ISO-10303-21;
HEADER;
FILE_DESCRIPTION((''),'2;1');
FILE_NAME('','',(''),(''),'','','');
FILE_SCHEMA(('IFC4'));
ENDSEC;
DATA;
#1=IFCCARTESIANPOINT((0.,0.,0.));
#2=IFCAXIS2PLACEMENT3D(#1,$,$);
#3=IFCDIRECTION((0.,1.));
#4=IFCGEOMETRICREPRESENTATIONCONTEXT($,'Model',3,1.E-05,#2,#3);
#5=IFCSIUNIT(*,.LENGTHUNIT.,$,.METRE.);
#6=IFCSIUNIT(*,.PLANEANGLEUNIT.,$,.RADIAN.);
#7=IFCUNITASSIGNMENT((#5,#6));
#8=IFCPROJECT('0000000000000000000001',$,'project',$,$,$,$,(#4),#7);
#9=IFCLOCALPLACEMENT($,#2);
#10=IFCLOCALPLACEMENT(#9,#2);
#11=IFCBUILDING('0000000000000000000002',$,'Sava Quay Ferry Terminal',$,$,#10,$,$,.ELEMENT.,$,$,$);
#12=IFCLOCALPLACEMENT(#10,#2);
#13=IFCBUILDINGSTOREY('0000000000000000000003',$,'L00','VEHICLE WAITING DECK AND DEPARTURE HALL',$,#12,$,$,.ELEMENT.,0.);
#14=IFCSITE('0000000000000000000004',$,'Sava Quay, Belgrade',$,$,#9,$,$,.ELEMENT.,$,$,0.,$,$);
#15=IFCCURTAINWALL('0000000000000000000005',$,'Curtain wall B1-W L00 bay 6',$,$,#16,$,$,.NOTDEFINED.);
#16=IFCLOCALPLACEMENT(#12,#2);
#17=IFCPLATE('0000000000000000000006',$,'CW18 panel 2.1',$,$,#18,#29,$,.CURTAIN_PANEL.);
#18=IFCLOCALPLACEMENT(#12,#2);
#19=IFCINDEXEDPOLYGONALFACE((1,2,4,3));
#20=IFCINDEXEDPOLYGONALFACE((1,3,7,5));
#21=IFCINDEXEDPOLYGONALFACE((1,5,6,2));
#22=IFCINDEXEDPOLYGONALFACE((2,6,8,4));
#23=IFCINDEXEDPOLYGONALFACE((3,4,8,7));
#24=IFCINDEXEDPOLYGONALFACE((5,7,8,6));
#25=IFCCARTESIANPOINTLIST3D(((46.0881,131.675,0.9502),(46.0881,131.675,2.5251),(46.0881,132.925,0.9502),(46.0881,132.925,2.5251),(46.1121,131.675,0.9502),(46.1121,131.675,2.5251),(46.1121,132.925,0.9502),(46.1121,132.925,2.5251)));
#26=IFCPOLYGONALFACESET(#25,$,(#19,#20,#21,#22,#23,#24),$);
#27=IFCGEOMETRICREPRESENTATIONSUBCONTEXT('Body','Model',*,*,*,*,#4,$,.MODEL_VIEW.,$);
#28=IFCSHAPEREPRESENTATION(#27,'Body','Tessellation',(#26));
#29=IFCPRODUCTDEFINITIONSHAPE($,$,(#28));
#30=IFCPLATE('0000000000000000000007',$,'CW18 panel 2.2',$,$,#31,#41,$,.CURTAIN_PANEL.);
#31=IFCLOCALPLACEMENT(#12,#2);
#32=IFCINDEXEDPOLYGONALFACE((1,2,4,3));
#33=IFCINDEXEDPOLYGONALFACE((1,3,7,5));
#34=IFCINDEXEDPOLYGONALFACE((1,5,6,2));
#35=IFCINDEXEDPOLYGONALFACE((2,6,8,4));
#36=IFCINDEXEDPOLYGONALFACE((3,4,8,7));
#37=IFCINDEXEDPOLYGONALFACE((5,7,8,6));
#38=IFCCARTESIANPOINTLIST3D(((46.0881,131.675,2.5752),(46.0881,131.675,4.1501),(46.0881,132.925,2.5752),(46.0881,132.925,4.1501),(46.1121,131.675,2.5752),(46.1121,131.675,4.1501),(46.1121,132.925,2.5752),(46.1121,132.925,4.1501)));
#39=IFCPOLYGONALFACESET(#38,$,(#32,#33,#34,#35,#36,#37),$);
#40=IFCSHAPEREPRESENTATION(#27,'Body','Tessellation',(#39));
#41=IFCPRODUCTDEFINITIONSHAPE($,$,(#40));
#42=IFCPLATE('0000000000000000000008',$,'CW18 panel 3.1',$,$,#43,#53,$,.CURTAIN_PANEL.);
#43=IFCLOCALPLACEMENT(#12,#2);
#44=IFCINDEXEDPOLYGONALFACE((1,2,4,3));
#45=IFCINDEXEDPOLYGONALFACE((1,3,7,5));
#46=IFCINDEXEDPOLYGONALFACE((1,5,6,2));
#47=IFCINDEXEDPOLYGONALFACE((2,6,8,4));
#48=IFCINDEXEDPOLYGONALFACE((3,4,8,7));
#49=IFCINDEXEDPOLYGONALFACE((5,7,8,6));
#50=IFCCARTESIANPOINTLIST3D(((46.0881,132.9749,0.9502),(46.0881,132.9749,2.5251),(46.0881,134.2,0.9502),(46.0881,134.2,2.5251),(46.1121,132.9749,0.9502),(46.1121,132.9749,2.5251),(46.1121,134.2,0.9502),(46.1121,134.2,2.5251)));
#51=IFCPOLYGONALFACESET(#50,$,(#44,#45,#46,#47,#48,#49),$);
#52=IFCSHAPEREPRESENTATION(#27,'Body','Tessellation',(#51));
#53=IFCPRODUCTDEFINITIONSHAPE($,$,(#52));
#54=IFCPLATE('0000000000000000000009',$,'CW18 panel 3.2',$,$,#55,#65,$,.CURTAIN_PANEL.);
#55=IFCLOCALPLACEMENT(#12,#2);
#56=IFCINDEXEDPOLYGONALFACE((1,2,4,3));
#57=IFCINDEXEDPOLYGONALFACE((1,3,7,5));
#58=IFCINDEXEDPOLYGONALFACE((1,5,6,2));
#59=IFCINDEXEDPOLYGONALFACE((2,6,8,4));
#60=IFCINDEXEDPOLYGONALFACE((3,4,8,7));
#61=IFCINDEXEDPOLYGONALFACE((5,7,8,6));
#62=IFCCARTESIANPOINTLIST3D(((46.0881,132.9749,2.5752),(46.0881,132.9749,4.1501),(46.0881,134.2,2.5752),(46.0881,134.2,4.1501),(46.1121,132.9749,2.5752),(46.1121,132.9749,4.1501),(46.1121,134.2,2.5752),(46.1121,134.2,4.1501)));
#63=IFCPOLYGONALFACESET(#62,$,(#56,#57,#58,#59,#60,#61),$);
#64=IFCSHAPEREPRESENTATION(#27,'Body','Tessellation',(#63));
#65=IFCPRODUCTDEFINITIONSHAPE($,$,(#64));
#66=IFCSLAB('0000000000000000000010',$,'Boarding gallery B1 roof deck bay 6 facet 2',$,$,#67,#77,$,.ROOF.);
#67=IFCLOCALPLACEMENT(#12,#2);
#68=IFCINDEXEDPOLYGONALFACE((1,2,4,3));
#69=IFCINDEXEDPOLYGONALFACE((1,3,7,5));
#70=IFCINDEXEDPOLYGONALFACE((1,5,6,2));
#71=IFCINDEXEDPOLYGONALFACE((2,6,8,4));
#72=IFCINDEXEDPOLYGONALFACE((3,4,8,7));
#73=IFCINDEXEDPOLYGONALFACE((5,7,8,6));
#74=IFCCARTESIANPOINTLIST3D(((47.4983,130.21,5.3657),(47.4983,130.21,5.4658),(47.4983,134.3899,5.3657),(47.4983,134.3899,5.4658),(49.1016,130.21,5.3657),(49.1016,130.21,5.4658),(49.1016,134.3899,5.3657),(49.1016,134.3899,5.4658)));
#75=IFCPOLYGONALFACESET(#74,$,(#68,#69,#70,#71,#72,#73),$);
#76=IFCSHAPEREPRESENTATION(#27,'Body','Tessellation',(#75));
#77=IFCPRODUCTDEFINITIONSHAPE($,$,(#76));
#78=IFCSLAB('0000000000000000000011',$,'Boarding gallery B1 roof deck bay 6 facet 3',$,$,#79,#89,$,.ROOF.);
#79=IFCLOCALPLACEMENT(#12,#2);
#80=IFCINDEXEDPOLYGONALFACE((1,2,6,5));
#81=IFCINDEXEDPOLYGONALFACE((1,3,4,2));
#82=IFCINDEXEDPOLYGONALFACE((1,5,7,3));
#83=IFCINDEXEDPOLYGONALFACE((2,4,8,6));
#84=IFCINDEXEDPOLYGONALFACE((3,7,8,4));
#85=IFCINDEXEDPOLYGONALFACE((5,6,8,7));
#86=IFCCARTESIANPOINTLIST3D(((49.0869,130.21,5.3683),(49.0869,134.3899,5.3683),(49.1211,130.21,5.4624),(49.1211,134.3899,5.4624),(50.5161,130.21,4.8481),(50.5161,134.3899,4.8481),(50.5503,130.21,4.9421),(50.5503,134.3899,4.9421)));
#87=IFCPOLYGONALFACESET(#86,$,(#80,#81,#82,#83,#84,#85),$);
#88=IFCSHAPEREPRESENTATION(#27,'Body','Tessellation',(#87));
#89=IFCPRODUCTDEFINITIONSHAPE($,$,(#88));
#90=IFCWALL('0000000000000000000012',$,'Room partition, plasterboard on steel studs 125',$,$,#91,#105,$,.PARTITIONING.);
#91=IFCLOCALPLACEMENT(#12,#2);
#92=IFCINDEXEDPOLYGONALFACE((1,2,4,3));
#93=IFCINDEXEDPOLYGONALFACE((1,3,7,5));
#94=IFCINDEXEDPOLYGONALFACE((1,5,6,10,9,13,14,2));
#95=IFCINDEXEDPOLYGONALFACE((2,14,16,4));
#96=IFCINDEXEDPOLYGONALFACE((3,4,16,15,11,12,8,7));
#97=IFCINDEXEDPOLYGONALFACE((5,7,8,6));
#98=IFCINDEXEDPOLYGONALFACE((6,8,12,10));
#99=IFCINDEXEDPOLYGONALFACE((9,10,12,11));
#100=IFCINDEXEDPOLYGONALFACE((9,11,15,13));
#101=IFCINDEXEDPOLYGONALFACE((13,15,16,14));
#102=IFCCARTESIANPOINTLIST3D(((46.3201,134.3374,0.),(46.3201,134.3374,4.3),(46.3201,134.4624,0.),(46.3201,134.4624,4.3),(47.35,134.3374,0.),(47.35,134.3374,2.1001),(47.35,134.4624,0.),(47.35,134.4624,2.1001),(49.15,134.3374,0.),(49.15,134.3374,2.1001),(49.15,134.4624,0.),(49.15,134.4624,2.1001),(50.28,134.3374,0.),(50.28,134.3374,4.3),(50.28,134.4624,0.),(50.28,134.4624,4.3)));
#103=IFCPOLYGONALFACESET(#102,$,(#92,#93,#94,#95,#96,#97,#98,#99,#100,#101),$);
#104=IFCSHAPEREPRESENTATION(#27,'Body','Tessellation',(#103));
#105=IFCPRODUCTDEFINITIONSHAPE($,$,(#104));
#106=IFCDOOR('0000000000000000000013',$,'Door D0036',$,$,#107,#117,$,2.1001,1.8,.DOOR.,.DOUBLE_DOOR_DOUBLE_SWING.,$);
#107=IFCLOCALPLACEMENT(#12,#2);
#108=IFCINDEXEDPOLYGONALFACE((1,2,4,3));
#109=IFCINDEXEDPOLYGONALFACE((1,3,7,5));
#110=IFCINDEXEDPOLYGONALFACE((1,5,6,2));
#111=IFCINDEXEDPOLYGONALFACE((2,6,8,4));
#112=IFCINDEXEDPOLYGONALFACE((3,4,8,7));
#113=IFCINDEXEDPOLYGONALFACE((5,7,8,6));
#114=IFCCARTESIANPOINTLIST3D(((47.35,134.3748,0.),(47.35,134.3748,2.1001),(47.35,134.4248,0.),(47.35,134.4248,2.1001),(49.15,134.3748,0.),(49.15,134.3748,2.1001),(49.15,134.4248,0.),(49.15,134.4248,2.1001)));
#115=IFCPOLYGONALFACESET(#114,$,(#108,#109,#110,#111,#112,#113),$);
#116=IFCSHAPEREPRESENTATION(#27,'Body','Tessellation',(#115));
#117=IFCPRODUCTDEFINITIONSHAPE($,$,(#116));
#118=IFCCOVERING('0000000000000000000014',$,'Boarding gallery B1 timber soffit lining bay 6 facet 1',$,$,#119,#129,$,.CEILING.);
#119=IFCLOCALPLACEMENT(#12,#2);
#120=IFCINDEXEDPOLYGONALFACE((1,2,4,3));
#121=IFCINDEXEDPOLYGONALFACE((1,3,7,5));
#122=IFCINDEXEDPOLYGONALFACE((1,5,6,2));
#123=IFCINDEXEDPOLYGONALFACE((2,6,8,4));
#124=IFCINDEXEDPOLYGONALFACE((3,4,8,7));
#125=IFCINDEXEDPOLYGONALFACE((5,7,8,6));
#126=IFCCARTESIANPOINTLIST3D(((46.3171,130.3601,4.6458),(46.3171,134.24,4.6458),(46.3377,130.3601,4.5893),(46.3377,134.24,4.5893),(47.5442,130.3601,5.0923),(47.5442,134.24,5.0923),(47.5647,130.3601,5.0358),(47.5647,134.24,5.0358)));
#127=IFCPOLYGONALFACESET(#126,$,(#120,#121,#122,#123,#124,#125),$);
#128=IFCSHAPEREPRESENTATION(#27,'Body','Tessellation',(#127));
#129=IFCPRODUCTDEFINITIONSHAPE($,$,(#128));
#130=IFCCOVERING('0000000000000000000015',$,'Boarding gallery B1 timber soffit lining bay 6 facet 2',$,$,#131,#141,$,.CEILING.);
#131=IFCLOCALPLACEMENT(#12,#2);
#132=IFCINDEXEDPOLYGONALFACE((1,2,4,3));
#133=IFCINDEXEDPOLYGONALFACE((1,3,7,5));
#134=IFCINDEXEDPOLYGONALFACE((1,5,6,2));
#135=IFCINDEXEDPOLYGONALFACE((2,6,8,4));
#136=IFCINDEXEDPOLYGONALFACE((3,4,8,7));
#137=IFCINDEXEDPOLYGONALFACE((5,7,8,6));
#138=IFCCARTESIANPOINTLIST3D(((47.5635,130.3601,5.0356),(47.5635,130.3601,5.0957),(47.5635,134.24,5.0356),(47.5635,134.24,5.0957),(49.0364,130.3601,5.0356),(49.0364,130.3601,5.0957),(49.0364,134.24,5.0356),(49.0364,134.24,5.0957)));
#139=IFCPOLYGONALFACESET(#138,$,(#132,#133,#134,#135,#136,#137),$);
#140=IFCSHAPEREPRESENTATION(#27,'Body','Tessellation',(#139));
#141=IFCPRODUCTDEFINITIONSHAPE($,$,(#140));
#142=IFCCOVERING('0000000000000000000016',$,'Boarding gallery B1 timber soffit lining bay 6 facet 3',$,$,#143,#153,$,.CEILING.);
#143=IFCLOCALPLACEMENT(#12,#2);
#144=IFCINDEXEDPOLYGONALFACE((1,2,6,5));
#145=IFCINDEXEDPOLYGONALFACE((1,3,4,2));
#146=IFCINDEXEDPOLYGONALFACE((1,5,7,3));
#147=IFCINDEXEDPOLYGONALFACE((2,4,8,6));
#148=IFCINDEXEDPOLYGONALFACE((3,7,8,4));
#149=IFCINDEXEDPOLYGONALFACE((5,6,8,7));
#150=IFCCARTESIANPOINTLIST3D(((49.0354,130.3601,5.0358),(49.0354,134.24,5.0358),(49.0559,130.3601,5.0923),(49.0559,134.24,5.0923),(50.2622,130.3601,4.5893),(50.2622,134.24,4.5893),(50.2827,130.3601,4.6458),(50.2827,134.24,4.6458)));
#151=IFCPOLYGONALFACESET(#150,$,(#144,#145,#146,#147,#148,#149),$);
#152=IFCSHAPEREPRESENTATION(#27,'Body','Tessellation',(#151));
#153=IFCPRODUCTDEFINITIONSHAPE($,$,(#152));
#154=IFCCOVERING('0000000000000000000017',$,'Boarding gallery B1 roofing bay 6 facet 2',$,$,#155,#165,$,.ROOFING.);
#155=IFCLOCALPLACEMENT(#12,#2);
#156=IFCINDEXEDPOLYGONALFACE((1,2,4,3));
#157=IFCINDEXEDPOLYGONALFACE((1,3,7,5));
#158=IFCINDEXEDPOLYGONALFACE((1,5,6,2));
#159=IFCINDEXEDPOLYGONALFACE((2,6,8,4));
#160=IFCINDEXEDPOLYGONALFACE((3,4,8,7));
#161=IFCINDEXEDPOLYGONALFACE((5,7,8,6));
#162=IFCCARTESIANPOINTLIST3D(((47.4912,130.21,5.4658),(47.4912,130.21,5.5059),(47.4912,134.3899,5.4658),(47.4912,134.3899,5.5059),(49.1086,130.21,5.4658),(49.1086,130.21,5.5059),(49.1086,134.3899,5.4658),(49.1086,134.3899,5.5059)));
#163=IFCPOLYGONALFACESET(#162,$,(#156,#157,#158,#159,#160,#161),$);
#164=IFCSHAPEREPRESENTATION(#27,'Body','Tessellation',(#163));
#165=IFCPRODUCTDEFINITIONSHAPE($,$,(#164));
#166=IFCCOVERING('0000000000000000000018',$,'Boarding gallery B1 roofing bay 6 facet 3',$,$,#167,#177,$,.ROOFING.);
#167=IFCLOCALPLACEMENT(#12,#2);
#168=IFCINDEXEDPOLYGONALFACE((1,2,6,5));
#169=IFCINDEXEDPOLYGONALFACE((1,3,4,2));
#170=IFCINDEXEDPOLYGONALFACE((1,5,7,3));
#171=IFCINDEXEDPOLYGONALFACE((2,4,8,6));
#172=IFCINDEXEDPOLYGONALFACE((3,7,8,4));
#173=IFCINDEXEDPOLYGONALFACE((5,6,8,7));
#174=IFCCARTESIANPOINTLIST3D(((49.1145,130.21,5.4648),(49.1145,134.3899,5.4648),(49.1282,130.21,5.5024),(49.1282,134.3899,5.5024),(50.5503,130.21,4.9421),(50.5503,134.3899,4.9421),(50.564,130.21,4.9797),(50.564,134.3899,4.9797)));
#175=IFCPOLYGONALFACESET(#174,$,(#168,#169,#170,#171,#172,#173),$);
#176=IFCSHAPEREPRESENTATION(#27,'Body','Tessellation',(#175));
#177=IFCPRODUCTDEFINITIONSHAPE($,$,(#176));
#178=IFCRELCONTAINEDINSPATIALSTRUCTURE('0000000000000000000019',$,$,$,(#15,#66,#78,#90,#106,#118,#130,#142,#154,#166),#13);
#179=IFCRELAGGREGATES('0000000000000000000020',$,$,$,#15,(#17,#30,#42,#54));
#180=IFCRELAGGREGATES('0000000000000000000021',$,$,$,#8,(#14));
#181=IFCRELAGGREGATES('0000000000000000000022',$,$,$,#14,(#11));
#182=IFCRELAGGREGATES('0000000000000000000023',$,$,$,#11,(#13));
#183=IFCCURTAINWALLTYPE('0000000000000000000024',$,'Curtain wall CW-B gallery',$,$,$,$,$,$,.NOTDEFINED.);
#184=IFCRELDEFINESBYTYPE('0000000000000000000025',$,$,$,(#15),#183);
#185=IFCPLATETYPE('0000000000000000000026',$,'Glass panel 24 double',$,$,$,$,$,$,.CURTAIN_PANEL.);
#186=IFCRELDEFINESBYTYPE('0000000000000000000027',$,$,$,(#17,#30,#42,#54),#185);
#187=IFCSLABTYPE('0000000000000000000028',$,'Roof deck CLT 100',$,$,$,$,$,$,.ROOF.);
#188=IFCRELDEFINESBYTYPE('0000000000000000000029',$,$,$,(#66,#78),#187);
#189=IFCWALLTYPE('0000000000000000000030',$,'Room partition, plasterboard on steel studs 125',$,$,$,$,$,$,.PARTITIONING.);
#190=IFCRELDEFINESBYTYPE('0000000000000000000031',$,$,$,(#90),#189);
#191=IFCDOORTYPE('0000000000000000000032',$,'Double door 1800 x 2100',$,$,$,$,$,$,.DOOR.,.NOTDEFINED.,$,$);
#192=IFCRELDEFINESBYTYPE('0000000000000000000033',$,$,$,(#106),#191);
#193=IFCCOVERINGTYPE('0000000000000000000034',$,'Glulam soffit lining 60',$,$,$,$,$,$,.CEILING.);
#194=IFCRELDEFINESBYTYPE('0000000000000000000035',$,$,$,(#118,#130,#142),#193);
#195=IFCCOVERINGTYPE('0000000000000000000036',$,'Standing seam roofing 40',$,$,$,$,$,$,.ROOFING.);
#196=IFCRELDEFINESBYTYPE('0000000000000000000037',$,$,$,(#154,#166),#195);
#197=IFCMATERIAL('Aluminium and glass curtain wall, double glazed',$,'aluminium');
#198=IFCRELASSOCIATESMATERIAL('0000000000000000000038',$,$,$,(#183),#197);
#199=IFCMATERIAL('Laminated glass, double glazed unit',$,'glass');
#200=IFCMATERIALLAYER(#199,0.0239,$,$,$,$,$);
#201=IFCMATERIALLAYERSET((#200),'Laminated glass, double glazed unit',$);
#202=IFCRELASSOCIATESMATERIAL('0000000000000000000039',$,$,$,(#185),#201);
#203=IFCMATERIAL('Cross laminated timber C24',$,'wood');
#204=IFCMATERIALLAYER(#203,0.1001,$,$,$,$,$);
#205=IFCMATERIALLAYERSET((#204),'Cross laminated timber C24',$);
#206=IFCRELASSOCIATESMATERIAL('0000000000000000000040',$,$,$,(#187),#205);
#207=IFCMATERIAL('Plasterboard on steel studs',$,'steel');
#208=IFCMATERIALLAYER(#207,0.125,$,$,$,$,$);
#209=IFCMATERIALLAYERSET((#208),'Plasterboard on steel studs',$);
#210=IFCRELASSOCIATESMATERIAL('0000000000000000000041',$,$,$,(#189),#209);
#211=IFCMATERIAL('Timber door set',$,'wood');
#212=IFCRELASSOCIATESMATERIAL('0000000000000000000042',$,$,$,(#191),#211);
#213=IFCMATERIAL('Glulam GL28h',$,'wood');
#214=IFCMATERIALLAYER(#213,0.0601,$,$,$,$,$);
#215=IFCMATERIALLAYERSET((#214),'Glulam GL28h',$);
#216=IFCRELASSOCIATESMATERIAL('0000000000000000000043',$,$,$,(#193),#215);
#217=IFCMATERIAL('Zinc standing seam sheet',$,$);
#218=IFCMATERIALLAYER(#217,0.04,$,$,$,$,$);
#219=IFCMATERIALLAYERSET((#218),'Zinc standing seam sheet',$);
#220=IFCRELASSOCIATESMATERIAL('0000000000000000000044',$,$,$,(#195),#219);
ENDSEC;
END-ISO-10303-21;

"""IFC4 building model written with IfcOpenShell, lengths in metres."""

from ifc_helpers import new_model, si_unit, direction, frame, frame_2d, origin, origin_2d, place, context, subcontext, project, spatial, polyline, rectangle, outline, extrude, material, layer, layer_set, type_object, element, fill, aggregate, save


model = new_model("IFC4")

# Units and contexts
model_context = context("Model", 3, precision=1e-05, world=origin(), true_north=direction((0.0, 1.0)))
body_context = subcontext(model_context, "Body", "Model", "MODEL_VIEW")
ifc_project = project(units=[si_unit("LENGTHUNIT", "METRE"), si_unit("PLANEANGLEUNIT", "RADIAN")], contexts=[model_context])

# Site, building, storey
site_placement = place(None, origin())
site = spatial("IfcSite", under=ifc_project, at=site_placement, Name="Sava Quay, Belgrade", CompositionType="ELEMENT", RefElevation=0.0)
building_placement = place(site_placement, origin())
building = spatial("IfcBuilding", under=site, at=building_placement, Name="Sava Quay Ferry Terminal", CompositionType="ELEMENT")
storey_placement = place(building_placement, origin())
storey = spatial("IfcBuildingStorey", under=building, at=storey_placement, Name="L00", Description="VEHICLE WAITING DECK AND DEPARTURE HALL", CompositionType="ELEMENT", Elevation=0.0)

# Curtain wall, plates
ifc_material_1 = material(Name="Aluminium and glass curtain wall, double glazed", Category="aluminium")
curtain_wall_type = type_object("IfcCurtainWallType", Name="Curtain wall CW-B gallery", PredefinedType="NOTDEFINED", material=ifc_material_1)
curtain_wall_placement = place(storey_placement, origin())
curtain_wall = element("IfcCurtainWall", 1, at=curtain_wall_placement, inside=storey, type_object=curtain_wall_type, Name="Curtain wall B1-W L00 bay 6", PredefinedType="NOTDEFINED")
ifc_material_2 = material(Name="Laminated glass, double glazed unit", Category="glass")
ifc_layer_1 = layer(ifc_material_2, 0.0239)
ifc_layer_set_1 = layer_set([ifc_layer_1], Name="Laminated glass, double glazed unit")
plate_type = type_object("IfcPlateType", Name="Glass panel 24 double", PredefinedType="CURTAIN_PANEL", material=ifc_layer_set_1)
plate_1_placement = place(storey_placement, frame((46.1001, 132.3, 0.9502), z_axis=(0.0, 0.0, 1.0), x_axis=(0.0, 1.0, 0.0)))
plate_1 = element("IfcPlate", 2, at=plate_1_placement, type_object=plate_type, Name="CW18 panel 2.1", PredefinedType="CURTAIN_PANEL", context=body_context, shape_type="SweptSolid", body=[
    extrude(rectangle(XDim=1.25, YDim=0.0239, at=origin_2d()), origin(), (0.0, 0.0, 1.0), 1.575),
])
plate_2_placement = place(storey_placement, frame((46.1001, 132.3, 2.5752), z_axis=(0.0, 0.0, 1.0), x_axis=(0.0, 1.0, 0.0)))
plate_2 = element("IfcPlate", 3, at=plate_2_placement, type_object=plate_type, Name="CW18 panel 2.2", PredefinedType="CURTAIN_PANEL", context=body_context, shape_type="SweptSolid", body=[
    extrude(rectangle(XDim=1.25, YDim=0.0239, at=origin_2d()), origin(), (0.0, 0.0, 1.0), 1.575),
])
plate_3_placement = place(storey_placement, frame((46.1001, 133.5874, 0.9502), z_axis=(0.0, 0.0, 1.0), x_axis=(0.0, 1.0, 0.0)))
plate_3 = element("IfcPlate", 4, at=plate_3_placement, type_object=plate_type, Name="CW18 panel 3.1", PredefinedType="CURTAIN_PANEL", context=body_context, shape_type="SweptSolid", body=[
    extrude(rectangle(XDim=1.2251, YDim=0.0239, at=origin_2d()), origin(), (0.0, 0.0, 1.0), 1.575),
])
plate_4_placement = place(storey_placement, frame((46.1001, 133.5874, 2.5752), z_axis=(0.0, 0.0, 1.0), x_axis=(0.0, 1.0, 0.0)))
plate_4 = element("IfcPlate", 5, at=plate_4_placement, type_object=plate_type, Name="CW18 panel 3.2", PredefinedType="CURTAIN_PANEL", context=body_context, shape_type="SweptSolid", body=[
    extrude(rectangle(XDim=1.2251, YDim=0.0239, at=origin_2d()), origin(), (0.0, 0.0, 1.0), 1.575),
])
aggregate(curtain_wall, [plate_1, plate_2, plate_3, plate_4])

# Slabs
ifc_material_3 = material(Name="Cross laminated timber C24", Category="wood")
ifc_layer_2 = layer(ifc_material_3, 0.1001)
ifc_layer_set_2 = layer_set([ifc_layer_2], Name="Cross laminated timber C24")
slab_type = type_object("IfcSlabType", Name="Roof deck CLT 100", PredefinedType="ROOF", material=ifc_layer_set_2)
slab_1_placement = place(storey_placement, frame((47.4983, 130.21, 5.4658), z_axis=(0.0, 0.0, 1.0), x_axis=(1.0, 0.0, 0.0)))
element("IfcSlab", 6, at=slab_1_placement, inside=storey, type_object=slab_type, Name="Boarding gallery B1 roof deck bay 6 facet 2", PredefinedType="ROOF", context=body_context, shape_type="SweptSolid", body=[
    extrude(outline(polyline([(0.0, 0.0), (1.6033, 0.0), (1.6033, 4.1799), (0.0, 4.1799), (0.0, 0.0)])), origin(), (0.0, 0.0, -1.0), 0.1001),
])
slab_2_placement = place(storey_placement, frame((49.1211, 130.21, 5.4624), z_axis=(0.342065, 0.0, 0.939676), x_axis=(0.939676, 0.0, -0.342065)))
element("IfcSlab", 7, at=slab_2_placement, inside=storey, type_object=slab_type, Name="Boarding gallery B1 roof deck bay 6 facet 3", PredefinedType="ROOF", context=body_context, shape_type="SweptSolid", body=[
    extrude(outline(polyline([(0.0, 0.0), (1.5209, 0.0), (1.5209, 4.1799), (0.0, 4.1799), (0.0, 0.0)])), origin(), (0.0, 0.0, -1.0), 0.1001),
])

# Wall, opening, door
ifc_material_4 = material(Name="Plasterboard on steel studs", Category="steel")
ifc_layer_3 = layer(ifc_material_4, 0.125)
ifc_layer_set_3 = layer_set([ifc_layer_3], Name="Plasterboard on steel studs")
wall_type = type_object("IfcWallType", Name="Room partition, plasterboard on steel studs 125", PredefinedType="PARTITIONING", material=ifc_layer_set_3)
wall_placement = place(storey_placement, frame((46.3201, 134.3999, 0.0), z_axis=(0.0, 0.0, 1.0), x_axis=(1.0, 0.0, 0.0)))
wall = element("IfcWall", 8, at=wall_placement, inside=storey, type_object=wall_type, Name="Room partition, plasterboard on steel studs 125", PredefinedType="PARTITIONING", context=body_context, shape_type="SweptSolid", body=[
    extrude(rectangle(XDim=3.96, YDim=0.125, at=frame_2d((1.98, 0.0))), origin(), (0.0, 0.0, 1.0), 4.3),
])
opening_placement = place(wall_placement, frame((1.03, 0.0, 0.0)))
opening = element("IfcOpeningElement", 9, at=opening_placement, cuts=wall, PredefinedType="OPENING", context=body_context, shape_type="SweptSolid", body=[
    extrude(rectangle(XDim=1.8, YDim=2.1001, at=frame_2d((0.8999, 1.05))), frame((0.0, 0.0625, 0.0), z_axis=(0.0, -1.0, 0.0), x_axis=(1.0, 0.0, 0.0)), (0.0, 0.0, 1.0), 0.125),
])
ifc_material_5 = material(Name="Timber door set", Category="wood")
door_type = type_object("IfcDoorType", Name="Double door 1800 x 2100", OperationType="NOTDEFINED", PredefinedType="DOOR", material=ifc_material_5)
door_placement = place(opening_placement, origin())
door = element("IfcDoor", 10, at=door_placement, inside=storey, type_object=door_type, Name="Door D0036", OperationType="DOUBLE_DOOR_DOUBLE_SWING", OverallHeight=2.1001, OverallWidth=1.8, PredefinedType="DOOR", context=body_context, shape_type="SweptSolid", body=[
    extrude(rectangle(XDim=1.8, YDim=2.1001, at=frame_2d((0.8999, 1.05))), frame((0.0, 0.0249, 0.0), z_axis=(0.0, -1.0, 0.0), x_axis=(1.0, 0.0, 0.0)), (0.0, 0.0, 1.0), 0.05),
])
fill(opening, door)

# Coverings
ifc_material_6 = material(Name="Glulam GL28h", Category="wood")
ifc_layer_4 = layer(ifc_material_6, 0.0601)
ifc_layer_set_4 = layer_set([ifc_layer_4], Name="Glulam GL28h")
covering_type_1 = type_object("IfcCoveringType", Name="Glulam soffit lining 60", PredefinedType="CEILING", material=ifc_layer_set_4)
covering_1_placement = place(storey_placement, frame((46.3171, 130.3601, 4.6458), z_axis=(-0.341968, 0.0, 0.939712), x_axis=(0.939712, 0.0, 0.341968)))
element("IfcCovering", 11, at=covering_1_placement, inside=storey, type_object=covering_type_1, Name="Boarding gallery B1 timber soffit lining bay 6 facet 1", PredefinedType="CEILING", context=body_context, shape_type="SweptSolid", body=[
    extrude(outline(polyline([(0.0, 0.0), (1.3058, 0.0), (1.3058, 3.8799), (0.0, 3.8799), (0.0, 0.0)])), origin(), (0.0, 0.0, -1.0), 0.0601),
])
covering_2_placement = place(storey_placement, frame((47.5635, 130.3601, 5.0957), z_axis=(0.0, 0.0, 1.0), x_axis=(1.0, 0.0, 0.0)))
element("IfcCovering", 12, at=covering_2_placement, inside=storey, type_object=covering_type_1, Name="Boarding gallery B1 timber soffit lining bay 6 facet 2", PredefinedType="CEILING", context=body_context, shape_type="SweptSolid", body=[
    extrude(outline(polyline([(0.0, 0.0), (1.4729, 0.0), (1.4729, 3.8799), (0.0, 3.8799), (0.0, 0.0)])), origin(), (0.0, 0.0, -1.0), 0.0601),
])
covering_3_placement = place(storey_placement, frame((49.0559, 130.3601, 5.0923), z_axis=(0.342028, 0.0, 0.93969), x_axis=(0.93969, 0.0, -0.342028)))
element("IfcCovering", 13, at=covering_3_placement, inside=storey, type_object=covering_type_1, Name="Boarding gallery B1 timber soffit lining bay 6 facet 3", PredefinedType="CEILING", context=body_context, shape_type="SweptSolid", body=[
    extrude(outline(polyline([(0.0, 0.0), (1.3055, 0.0), (1.3055, 3.8799), (0.0, 3.8799), (0.0, 0.0)])), origin(), (0.0, 0.0, -1.0), 0.0601),
])
ifc_material_7 = material(Name="Zinc standing seam sheet")
ifc_layer_5 = layer(ifc_material_7, 0.04)
ifc_layer_set_5 = layer_set([ifc_layer_5], Name="Zinc standing seam sheet")
covering_type_2 = type_object("IfcCoveringType", Name="Standing seam roofing 40", PredefinedType="ROOFING", material=ifc_layer_set_5)
covering_4_placement = place(storey_placement, frame((47.4912, 130.21, 5.5059), z_axis=(0.0, 0.0, 1.0), x_axis=(1.0, 0.0, 0.0)))
element("IfcCovering", 14, at=covering_4_placement, inside=storey, type_object=covering_type_2, Name="Boarding gallery B1 roofing bay 6 facet 2", PredefinedType="ROOFING", context=body_context, shape_type="SweptSolid", body=[
    extrude(outline(polyline([(0.0, 0.0), (1.6174, 0.0), (1.6174, 4.1799), (0.0, 4.1799), (0.0, 0.0)])), origin(), (0.0, 0.0, -1.0), 0.04),
])
covering_5_placement = place(storey_placement, frame((49.1282, 130.21, 5.5024), z_axis=(0.342089, 0.0, 0.939667), x_axis=(0.939667, 0.0, -0.342089)))
element("IfcCovering", 15, at=covering_5_placement, inside=storey, type_object=covering_type_2, Name="Boarding gallery B1 roofing bay 6 facet 3", PredefinedType="ROOFING", context=body_context, shape_type="SweptSolid", body=[
    extrude(outline(polyline([(0.0, 0.0), (1.528, 0.0), (1.528, 4.1799), (0.0, 4.1799), (0.0, 0.0)])), origin(), (0.0, 0.0, -1.0), 0.04),
])

save(model, "model.ifc")
